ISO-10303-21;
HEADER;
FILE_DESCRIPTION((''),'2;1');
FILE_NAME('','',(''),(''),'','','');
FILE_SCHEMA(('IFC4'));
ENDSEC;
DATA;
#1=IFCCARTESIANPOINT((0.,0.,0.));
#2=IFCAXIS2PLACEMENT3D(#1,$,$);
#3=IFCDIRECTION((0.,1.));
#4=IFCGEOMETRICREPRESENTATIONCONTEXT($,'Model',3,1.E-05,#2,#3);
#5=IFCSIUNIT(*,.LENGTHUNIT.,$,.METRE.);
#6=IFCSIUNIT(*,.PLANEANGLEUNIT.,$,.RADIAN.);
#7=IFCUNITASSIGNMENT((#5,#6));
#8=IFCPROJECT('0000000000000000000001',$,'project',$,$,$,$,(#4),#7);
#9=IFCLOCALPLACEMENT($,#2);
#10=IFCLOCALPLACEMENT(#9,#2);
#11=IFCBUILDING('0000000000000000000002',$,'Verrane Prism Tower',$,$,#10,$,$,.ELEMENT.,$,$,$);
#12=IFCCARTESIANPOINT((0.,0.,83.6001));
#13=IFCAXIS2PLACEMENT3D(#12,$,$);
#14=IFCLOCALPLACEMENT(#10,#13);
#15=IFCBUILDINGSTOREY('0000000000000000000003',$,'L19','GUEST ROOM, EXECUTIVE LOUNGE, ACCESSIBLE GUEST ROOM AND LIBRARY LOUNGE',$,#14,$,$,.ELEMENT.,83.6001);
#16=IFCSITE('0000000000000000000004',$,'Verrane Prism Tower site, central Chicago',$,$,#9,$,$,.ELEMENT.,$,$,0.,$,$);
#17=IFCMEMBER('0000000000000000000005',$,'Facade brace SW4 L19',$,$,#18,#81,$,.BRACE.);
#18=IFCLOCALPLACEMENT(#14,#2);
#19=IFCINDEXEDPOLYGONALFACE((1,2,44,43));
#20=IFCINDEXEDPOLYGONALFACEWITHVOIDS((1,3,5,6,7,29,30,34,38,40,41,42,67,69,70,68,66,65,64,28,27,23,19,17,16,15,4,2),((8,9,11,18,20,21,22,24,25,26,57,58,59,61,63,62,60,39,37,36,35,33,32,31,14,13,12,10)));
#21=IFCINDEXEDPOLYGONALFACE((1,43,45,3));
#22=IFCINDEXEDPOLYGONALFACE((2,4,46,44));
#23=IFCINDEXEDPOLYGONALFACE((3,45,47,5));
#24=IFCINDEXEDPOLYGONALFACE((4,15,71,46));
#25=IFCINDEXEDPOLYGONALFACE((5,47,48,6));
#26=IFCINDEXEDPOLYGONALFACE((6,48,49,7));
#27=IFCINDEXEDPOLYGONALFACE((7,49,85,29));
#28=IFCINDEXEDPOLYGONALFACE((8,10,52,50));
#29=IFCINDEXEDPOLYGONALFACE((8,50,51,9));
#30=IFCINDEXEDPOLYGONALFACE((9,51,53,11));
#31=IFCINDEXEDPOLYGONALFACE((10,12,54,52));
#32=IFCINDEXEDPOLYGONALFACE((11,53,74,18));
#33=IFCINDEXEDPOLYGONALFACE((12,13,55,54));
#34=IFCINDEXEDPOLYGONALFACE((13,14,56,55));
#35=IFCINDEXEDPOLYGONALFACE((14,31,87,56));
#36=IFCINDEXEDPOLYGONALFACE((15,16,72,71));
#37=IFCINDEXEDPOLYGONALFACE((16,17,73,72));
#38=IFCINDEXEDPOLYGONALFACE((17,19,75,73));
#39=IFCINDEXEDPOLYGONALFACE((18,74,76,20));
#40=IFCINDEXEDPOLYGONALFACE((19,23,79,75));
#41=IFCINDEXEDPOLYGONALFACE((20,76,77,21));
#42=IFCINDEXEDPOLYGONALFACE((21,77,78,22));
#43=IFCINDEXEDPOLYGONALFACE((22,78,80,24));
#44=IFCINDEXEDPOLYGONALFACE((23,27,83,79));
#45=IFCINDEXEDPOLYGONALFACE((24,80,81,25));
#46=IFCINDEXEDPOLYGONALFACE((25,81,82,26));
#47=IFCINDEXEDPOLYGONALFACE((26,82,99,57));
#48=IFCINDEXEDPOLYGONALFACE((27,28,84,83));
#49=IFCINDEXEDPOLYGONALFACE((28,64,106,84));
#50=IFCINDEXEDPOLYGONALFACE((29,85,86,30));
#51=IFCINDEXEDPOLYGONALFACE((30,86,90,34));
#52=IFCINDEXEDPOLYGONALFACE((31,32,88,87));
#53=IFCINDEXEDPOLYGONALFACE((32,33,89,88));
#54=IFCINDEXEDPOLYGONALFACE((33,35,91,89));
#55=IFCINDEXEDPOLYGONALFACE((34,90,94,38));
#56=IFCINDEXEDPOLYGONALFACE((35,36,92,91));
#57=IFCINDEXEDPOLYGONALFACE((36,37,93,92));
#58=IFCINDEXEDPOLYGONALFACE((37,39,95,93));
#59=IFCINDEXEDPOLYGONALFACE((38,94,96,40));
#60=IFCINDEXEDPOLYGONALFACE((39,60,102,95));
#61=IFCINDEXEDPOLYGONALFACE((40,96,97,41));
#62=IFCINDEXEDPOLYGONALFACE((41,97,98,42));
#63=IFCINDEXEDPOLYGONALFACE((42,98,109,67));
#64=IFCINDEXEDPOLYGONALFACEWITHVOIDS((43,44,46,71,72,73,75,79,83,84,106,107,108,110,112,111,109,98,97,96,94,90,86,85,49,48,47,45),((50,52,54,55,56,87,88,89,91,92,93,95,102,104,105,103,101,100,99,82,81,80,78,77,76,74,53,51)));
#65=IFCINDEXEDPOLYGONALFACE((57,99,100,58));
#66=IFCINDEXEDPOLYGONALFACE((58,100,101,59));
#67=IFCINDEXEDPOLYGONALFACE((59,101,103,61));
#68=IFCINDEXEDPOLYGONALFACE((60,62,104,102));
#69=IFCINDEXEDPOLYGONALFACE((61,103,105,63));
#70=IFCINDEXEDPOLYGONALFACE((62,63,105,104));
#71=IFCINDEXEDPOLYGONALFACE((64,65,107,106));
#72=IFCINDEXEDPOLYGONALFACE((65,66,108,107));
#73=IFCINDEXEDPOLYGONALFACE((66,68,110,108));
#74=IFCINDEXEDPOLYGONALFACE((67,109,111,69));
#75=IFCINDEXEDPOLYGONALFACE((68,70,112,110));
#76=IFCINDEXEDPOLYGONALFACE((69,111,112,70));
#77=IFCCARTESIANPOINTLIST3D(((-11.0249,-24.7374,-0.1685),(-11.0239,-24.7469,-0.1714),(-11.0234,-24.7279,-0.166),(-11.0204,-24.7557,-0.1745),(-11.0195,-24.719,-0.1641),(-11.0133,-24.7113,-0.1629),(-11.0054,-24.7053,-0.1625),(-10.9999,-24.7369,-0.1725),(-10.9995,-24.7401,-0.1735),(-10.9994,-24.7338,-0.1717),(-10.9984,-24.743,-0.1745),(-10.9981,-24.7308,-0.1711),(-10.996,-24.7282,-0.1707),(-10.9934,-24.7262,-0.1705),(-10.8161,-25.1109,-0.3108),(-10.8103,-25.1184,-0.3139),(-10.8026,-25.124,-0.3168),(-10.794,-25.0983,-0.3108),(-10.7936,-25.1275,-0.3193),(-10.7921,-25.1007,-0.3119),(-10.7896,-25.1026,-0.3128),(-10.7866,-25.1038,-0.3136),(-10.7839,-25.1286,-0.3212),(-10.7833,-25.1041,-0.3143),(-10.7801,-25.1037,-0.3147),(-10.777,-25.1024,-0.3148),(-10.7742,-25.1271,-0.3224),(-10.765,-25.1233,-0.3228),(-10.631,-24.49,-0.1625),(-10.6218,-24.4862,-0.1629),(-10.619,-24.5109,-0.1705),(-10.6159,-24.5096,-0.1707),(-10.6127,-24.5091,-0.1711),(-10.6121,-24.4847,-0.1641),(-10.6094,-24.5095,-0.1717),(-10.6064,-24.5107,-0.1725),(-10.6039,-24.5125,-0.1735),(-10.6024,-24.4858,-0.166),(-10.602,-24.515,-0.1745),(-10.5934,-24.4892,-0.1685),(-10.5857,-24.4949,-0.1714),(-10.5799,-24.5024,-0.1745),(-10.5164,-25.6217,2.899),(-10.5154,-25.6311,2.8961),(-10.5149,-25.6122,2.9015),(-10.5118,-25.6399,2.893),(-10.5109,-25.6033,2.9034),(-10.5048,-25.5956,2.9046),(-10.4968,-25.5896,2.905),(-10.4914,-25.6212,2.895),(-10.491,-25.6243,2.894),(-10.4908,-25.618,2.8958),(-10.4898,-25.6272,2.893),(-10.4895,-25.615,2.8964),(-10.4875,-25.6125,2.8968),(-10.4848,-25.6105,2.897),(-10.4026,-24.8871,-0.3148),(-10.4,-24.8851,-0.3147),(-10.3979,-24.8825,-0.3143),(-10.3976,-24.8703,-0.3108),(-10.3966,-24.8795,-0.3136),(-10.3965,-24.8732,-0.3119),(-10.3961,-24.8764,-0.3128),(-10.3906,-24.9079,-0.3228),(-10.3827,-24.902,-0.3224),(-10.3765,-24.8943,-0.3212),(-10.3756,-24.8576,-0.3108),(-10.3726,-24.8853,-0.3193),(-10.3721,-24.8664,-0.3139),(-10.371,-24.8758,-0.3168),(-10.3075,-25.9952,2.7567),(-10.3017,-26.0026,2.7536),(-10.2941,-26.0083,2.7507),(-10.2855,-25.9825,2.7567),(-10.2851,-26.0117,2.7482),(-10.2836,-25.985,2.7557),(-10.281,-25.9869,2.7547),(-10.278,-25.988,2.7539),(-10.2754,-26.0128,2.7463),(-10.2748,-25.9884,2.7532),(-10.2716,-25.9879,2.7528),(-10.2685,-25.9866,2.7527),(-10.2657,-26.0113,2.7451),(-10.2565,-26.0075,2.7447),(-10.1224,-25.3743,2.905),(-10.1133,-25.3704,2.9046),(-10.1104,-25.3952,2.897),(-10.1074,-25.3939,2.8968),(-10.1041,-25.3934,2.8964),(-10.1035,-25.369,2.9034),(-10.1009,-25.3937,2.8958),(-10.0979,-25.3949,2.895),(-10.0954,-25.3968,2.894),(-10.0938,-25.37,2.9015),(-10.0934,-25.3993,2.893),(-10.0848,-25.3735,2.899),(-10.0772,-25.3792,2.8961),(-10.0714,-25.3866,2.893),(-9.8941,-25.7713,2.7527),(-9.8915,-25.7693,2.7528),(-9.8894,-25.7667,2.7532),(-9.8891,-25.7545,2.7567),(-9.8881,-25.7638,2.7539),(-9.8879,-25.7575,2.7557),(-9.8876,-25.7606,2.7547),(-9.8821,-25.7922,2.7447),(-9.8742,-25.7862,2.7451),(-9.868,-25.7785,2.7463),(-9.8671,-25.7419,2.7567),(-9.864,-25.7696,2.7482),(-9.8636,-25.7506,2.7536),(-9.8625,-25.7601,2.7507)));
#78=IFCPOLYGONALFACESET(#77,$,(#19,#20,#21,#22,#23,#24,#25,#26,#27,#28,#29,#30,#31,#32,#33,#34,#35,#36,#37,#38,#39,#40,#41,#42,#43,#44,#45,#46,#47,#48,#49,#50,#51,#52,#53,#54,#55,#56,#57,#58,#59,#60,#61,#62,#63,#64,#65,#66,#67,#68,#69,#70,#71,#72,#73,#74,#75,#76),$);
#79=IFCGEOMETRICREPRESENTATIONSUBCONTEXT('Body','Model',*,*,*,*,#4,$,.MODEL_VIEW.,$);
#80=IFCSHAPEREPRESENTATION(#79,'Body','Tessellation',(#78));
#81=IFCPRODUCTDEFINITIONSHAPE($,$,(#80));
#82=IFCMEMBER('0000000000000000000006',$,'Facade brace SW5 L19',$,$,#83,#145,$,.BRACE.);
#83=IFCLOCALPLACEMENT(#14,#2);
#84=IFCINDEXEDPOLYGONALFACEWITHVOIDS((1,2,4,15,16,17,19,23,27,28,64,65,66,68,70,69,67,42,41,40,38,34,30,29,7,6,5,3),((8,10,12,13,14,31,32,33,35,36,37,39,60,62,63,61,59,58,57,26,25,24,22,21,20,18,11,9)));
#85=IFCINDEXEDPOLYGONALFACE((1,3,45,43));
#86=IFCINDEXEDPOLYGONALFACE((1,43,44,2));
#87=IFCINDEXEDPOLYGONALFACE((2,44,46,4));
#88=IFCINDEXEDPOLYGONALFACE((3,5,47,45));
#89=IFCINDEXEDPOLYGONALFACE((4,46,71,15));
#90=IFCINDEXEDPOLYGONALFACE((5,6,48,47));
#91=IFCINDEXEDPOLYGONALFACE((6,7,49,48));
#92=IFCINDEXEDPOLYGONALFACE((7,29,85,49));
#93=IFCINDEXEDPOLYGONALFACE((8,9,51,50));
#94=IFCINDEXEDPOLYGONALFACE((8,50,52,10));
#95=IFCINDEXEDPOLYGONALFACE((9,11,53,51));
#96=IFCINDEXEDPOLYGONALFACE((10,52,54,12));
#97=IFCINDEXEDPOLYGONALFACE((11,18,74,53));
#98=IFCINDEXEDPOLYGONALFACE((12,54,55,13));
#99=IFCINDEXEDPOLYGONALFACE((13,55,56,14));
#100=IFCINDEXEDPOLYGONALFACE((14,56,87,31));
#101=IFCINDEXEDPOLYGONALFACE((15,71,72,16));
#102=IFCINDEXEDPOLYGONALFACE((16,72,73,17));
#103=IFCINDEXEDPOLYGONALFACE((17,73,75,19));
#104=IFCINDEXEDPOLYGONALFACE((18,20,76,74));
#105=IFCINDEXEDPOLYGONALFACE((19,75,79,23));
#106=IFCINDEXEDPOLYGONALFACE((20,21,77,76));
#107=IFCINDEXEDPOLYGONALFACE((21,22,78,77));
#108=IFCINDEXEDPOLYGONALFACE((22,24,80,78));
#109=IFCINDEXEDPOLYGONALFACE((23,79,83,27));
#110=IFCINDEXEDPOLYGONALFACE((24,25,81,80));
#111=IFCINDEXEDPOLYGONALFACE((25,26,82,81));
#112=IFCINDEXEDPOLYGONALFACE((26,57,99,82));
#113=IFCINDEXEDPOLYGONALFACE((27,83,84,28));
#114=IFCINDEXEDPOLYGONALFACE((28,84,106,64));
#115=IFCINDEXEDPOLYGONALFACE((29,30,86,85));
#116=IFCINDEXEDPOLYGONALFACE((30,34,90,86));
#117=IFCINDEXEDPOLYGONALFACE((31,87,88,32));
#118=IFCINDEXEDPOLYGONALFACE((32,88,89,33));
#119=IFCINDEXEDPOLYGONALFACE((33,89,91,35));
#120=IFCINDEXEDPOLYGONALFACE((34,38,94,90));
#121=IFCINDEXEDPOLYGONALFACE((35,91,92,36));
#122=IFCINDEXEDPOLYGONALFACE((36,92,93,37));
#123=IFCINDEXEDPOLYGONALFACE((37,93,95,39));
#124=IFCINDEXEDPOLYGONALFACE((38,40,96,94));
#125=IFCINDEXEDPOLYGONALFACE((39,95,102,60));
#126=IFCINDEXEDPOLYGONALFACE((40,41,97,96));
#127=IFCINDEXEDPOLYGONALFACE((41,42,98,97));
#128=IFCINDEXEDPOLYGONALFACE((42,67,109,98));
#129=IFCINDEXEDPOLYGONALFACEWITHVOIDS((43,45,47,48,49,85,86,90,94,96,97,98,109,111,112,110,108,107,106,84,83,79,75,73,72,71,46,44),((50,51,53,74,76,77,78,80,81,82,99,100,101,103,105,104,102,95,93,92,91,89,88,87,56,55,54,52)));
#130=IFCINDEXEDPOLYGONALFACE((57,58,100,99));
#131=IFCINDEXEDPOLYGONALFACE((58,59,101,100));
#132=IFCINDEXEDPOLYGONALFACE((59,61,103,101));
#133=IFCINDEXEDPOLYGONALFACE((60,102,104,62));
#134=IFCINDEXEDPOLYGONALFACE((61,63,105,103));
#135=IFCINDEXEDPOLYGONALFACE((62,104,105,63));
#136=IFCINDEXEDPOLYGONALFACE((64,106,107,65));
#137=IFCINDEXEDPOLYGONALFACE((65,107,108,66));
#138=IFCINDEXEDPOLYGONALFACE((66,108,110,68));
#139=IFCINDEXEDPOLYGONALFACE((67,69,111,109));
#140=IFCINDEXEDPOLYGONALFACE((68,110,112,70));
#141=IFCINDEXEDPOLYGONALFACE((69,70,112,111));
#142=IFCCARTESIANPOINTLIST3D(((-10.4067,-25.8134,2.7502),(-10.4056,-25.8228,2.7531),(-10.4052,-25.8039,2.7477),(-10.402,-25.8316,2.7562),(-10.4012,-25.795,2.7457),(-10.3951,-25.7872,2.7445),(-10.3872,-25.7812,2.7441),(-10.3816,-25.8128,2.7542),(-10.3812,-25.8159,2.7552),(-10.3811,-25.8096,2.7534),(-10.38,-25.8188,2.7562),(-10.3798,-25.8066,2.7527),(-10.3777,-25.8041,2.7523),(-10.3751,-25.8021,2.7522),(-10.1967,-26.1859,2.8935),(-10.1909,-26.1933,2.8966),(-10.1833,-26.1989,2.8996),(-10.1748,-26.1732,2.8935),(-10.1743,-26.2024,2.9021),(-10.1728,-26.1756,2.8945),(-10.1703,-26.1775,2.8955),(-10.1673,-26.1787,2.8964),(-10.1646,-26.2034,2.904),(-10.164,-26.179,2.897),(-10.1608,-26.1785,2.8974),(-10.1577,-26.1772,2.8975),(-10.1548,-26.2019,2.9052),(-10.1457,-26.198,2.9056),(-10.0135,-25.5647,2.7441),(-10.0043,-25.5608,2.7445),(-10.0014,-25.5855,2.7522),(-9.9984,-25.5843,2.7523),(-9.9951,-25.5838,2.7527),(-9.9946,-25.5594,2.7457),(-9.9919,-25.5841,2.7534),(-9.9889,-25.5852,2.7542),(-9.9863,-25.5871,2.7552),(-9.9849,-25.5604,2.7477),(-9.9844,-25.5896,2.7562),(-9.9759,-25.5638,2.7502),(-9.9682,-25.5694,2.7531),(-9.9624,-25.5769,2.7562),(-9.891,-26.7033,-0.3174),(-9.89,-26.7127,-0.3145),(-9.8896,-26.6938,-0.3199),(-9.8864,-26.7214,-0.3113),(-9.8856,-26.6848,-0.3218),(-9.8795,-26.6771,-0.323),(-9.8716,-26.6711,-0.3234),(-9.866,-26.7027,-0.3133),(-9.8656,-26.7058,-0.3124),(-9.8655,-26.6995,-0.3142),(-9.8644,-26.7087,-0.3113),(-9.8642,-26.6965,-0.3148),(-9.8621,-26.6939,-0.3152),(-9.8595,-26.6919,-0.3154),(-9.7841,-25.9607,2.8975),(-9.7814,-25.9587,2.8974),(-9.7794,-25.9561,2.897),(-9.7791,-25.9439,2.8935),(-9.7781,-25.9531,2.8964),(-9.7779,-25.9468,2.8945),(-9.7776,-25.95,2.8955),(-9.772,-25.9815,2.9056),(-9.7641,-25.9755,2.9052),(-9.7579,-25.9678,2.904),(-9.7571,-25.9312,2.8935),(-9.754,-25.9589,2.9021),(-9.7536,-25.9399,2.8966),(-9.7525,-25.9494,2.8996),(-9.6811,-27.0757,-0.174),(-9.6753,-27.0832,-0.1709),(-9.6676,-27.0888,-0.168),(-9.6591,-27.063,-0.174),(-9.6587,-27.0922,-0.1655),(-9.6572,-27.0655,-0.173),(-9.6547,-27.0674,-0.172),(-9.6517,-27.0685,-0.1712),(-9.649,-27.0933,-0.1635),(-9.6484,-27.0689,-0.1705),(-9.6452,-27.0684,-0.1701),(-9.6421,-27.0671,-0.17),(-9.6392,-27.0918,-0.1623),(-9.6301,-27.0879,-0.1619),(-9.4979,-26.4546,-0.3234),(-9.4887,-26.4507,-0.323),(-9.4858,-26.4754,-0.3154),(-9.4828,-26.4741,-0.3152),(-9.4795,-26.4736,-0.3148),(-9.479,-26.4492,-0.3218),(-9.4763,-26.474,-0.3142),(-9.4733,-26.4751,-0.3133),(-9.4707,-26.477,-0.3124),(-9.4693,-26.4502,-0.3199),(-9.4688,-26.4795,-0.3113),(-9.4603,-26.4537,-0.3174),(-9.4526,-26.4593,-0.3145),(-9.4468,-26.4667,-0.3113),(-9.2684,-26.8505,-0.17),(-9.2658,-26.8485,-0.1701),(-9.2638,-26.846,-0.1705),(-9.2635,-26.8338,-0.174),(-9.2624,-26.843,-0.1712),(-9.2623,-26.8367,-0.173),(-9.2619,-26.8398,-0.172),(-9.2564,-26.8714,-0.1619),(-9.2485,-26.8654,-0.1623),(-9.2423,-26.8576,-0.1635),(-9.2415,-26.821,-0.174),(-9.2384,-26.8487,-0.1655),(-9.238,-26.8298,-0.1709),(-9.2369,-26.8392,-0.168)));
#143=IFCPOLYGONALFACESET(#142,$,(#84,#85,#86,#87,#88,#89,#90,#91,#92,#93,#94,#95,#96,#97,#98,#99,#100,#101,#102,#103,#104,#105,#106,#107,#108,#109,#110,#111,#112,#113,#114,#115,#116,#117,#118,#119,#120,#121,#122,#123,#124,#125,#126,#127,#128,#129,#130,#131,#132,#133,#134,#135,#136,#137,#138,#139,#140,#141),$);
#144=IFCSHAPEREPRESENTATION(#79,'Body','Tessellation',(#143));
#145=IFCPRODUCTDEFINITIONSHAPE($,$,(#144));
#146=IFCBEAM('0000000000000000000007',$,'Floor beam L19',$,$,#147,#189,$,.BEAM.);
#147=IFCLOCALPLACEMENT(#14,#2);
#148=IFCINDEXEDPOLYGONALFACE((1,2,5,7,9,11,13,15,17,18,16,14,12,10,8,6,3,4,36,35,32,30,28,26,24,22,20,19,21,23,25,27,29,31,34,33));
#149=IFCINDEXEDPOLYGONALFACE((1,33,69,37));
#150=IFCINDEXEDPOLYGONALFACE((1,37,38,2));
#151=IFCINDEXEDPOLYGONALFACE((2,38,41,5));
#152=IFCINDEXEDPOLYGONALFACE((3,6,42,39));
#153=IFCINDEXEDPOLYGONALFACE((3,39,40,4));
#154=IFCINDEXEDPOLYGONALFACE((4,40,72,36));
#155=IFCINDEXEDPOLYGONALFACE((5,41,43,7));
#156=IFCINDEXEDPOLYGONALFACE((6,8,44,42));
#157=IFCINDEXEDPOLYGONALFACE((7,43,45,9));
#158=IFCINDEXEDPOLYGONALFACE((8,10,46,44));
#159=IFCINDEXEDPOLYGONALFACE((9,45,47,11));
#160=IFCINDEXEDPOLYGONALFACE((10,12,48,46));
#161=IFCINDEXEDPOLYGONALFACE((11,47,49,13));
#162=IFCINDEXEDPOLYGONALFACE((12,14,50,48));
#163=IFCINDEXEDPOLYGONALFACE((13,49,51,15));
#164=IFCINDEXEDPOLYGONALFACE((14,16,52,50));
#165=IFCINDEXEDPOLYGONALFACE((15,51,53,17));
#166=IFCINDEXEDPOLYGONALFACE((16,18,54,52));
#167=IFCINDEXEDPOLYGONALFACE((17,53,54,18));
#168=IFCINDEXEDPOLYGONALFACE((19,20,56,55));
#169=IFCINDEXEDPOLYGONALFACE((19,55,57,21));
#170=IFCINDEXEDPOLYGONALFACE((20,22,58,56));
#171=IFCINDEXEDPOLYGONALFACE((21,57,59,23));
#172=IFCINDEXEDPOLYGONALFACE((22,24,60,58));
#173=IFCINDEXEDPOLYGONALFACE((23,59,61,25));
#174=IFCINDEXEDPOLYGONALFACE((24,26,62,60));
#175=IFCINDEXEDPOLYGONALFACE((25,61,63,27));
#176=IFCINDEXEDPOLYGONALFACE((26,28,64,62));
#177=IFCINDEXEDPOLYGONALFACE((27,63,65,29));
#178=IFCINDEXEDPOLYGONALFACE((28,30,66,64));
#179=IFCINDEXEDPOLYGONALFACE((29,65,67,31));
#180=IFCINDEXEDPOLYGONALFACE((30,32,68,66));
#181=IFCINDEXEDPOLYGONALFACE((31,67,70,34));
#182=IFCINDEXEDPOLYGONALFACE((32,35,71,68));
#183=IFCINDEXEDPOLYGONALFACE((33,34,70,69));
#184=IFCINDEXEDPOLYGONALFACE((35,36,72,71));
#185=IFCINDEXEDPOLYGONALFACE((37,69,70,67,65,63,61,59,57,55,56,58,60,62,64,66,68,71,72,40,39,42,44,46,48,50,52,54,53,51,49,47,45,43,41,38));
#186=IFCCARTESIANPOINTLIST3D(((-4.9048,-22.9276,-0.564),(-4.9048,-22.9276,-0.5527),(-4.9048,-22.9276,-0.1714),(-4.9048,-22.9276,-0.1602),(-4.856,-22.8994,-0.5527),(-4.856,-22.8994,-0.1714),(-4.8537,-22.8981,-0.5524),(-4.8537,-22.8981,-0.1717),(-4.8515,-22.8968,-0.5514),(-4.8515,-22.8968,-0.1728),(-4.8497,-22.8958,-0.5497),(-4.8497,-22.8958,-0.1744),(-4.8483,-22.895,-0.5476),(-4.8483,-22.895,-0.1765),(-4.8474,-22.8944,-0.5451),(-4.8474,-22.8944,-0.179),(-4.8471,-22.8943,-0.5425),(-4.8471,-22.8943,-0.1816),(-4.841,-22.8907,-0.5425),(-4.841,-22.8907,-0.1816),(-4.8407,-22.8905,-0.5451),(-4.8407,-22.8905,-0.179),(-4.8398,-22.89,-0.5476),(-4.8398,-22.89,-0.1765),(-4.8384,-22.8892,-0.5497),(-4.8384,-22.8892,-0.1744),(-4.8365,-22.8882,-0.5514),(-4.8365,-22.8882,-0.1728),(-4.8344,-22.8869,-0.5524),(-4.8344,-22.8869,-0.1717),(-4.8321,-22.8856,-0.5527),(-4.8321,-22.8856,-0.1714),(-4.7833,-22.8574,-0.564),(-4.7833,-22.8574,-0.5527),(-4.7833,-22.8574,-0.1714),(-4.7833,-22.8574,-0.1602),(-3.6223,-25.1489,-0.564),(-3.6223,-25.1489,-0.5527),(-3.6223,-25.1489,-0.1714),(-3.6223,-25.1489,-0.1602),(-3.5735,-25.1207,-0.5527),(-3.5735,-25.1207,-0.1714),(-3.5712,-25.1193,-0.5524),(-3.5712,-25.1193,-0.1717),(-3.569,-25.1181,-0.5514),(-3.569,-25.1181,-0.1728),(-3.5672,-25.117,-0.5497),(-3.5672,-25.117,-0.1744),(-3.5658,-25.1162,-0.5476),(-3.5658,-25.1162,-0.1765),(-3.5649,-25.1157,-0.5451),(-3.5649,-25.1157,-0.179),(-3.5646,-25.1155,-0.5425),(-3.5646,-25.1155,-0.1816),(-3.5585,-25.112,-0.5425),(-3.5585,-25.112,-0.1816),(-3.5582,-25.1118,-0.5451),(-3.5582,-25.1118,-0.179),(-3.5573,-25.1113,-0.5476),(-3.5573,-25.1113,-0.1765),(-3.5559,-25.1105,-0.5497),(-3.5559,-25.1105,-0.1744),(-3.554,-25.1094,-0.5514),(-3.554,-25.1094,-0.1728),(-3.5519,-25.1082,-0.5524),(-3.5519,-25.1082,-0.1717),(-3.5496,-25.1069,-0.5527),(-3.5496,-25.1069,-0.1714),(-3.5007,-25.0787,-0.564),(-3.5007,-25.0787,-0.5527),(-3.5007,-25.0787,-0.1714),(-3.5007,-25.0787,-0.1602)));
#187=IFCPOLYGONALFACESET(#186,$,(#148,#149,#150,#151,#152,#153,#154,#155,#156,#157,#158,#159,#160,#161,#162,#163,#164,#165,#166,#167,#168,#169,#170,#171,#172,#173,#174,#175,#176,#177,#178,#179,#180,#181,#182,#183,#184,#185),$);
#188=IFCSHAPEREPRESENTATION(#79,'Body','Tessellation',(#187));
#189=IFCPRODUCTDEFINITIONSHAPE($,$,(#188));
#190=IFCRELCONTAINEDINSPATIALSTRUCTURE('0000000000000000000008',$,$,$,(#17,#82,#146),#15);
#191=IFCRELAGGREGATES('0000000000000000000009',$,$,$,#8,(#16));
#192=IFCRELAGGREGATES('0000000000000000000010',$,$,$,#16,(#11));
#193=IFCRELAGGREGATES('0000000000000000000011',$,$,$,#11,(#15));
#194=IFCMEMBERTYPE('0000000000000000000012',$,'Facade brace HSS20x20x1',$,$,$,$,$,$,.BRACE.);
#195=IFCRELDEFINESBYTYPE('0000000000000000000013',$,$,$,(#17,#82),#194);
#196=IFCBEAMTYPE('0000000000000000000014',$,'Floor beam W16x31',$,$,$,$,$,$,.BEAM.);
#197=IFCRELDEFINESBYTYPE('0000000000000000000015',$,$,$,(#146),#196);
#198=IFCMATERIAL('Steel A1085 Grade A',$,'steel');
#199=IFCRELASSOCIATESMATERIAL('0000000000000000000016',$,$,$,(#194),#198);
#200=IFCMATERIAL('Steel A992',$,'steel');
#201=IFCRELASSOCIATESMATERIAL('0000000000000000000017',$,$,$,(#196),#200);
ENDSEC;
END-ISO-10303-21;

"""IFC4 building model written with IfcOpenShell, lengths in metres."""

from ifc_helpers import new_model, si_unit, direction, frame, origin, origin_2d, place, context, subcontext, project, spatial, hollow_rectangle, i_section, extrude, material, material_profile, profile_set, type_object, element, save


model = new_model("IFC4")

# Units and contexts
model_context = context("Model", 3, precision=1e-05, world=origin(), true_north=direction((0.0, 1.0)))
body_context = subcontext(model_context, "Body", "Model", "MODEL_VIEW")
ifc_project = project(units=[si_unit("LENGTHUNIT", "METRE"), si_unit("PLANEANGLEUNIT", "RADIAN")], contexts=[model_context])

# Site, building, storey
site_placement = place(None, origin())
site = spatial("IfcSite", under=ifc_project, at=site_placement, Name="Verrane Prism Tower site, central Chicago", CompositionType="ELEMENT", RefElevation=0.0)
building_placement = place(site_placement, origin())
building = spatial("IfcBuilding", under=site, at=building_placement, Name="Verrane Prism Tower", CompositionType="ELEMENT")
storey_placement = place(building_placement, frame((0.0, 0.0, 83.6001)))
storey = spatial("IfcBuildingStorey", under=building, at=storey_placement, Name="L19", Description="GUEST ROOM, EXECUTIVE LOUNGE, ACCESSIBLE GUEST ROOM AND LIBRARY LOUNGE", CompositionType="ELEMENT", Elevation=83.6001)

# Members
ifc_material_1 = material(Name="Steel A1085 Grade A", Category="steel")
ifc_material_profile_1 = material_profile(ifc_material_1, hollow_rectangle(XDim=0.5081, YDim=0.5081, WallThickness=0.0254, InnerFilletRadius=0.0127, OuterFilletRadius=0.0381, at=origin_2d()), Name="HSS20x20x1")
ifc_profile_set_1 = profile_set([ifc_material_profile_1], Name="Steel A1085 Grade A")
member_type_1 = type_object("IfcMemberType", Name="Facade brace HSS20x20x1", PredefinedType="BRACE", material=ifc_profile_set_1)
member_1_placement = place(storey_placement, frame((-10.698, -24.8066, -0.2427), z_axis=(0.157309, -0.273534, 0.948911), x_axis=(0.86687, 0.498534, 0.0)))
element("IfcMember", 1, at=member_1_placement, inside=storey, type_object=member_type_1, Name="Facade brace SW4 L19", PredefinedType="BRACE", context=body_context, shape_type="SweptSolid", body=[
    extrude(hollow_rectangle(XDim=0.5081, YDim=0.5081, WallThickness=0.0254, InnerFilletRadius=0.0127, OuterFilletRadius=0.0381, at=origin_2d()), origin(), (0.0, 0.0, 1.0), 3.2327),
])
member_2_placement = place(storey_placement, frame((-9.564, -26.7712, -0.2427), z_axis=(-0.159368, 0.275045, 0.948131), x_axis=(-0.865247, -0.501345, 0.0)))
element("IfcMember", 2, at=member_2_placement, inside=storey, type_object=member_type_1, Name="Facade brace SW5 L19", PredefinedType="BRACE", context=body_context, shape_type="SweptSolid", body=[
    extrude(hollow_rectangle(XDim=0.5081, YDim=0.5081, WallThickness=0.0254, InnerFilletRadius=0.0127, OuterFilletRadius=0.0381, at=origin_2d()), origin(), (0.0, 0.0, 1.0), 3.2354),
])

# Beam
ifc_material_2 = material(Name="Steel A992", Category="steel")
ifc_material_profile_2 = material_profile(ifc_material_2, i_section(OverallWidth=0.1404, OverallDepth=0.4038, WebThickness=0.0071, FlangeThickness=0.0112, FilletRadius=0.0103, at=origin_2d()), Name="W16x31")
ifc_profile_set_2 = profile_set([ifc_material_profile_2], Name="Steel A992")
beam_type_1 = type_object("IfcBeamType", Name="Floor beam W16x31", PredefinedType="BEAM", material=ifc_profile_set_2)
beam_1_placement = place(storey_placement, frame((-3.5615, -25.1138, -0.3621), z_axis=(-0.500019, 0.866014, 0.0), x_axis=(-0.866014, -0.500019, 0.0)))
element("IfcBeam", 3, at=beam_1_placement, inside=storey, type_object=beam_type_1, Name="Floor beam L19", PredefinedType="BEAM", context=body_context, shape_type="SweptSolid", body=[
    extrude(i_section(OverallWidth=0.1404, OverallDepth=0.4038, WebThickness=0.0071, FlangeThickness=0.0112, FilletRadius=0.0103, at=origin_2d()), origin(), (0.0, 0.0, 1.0), 2.5649),
])

save(model, "model.ifc")
